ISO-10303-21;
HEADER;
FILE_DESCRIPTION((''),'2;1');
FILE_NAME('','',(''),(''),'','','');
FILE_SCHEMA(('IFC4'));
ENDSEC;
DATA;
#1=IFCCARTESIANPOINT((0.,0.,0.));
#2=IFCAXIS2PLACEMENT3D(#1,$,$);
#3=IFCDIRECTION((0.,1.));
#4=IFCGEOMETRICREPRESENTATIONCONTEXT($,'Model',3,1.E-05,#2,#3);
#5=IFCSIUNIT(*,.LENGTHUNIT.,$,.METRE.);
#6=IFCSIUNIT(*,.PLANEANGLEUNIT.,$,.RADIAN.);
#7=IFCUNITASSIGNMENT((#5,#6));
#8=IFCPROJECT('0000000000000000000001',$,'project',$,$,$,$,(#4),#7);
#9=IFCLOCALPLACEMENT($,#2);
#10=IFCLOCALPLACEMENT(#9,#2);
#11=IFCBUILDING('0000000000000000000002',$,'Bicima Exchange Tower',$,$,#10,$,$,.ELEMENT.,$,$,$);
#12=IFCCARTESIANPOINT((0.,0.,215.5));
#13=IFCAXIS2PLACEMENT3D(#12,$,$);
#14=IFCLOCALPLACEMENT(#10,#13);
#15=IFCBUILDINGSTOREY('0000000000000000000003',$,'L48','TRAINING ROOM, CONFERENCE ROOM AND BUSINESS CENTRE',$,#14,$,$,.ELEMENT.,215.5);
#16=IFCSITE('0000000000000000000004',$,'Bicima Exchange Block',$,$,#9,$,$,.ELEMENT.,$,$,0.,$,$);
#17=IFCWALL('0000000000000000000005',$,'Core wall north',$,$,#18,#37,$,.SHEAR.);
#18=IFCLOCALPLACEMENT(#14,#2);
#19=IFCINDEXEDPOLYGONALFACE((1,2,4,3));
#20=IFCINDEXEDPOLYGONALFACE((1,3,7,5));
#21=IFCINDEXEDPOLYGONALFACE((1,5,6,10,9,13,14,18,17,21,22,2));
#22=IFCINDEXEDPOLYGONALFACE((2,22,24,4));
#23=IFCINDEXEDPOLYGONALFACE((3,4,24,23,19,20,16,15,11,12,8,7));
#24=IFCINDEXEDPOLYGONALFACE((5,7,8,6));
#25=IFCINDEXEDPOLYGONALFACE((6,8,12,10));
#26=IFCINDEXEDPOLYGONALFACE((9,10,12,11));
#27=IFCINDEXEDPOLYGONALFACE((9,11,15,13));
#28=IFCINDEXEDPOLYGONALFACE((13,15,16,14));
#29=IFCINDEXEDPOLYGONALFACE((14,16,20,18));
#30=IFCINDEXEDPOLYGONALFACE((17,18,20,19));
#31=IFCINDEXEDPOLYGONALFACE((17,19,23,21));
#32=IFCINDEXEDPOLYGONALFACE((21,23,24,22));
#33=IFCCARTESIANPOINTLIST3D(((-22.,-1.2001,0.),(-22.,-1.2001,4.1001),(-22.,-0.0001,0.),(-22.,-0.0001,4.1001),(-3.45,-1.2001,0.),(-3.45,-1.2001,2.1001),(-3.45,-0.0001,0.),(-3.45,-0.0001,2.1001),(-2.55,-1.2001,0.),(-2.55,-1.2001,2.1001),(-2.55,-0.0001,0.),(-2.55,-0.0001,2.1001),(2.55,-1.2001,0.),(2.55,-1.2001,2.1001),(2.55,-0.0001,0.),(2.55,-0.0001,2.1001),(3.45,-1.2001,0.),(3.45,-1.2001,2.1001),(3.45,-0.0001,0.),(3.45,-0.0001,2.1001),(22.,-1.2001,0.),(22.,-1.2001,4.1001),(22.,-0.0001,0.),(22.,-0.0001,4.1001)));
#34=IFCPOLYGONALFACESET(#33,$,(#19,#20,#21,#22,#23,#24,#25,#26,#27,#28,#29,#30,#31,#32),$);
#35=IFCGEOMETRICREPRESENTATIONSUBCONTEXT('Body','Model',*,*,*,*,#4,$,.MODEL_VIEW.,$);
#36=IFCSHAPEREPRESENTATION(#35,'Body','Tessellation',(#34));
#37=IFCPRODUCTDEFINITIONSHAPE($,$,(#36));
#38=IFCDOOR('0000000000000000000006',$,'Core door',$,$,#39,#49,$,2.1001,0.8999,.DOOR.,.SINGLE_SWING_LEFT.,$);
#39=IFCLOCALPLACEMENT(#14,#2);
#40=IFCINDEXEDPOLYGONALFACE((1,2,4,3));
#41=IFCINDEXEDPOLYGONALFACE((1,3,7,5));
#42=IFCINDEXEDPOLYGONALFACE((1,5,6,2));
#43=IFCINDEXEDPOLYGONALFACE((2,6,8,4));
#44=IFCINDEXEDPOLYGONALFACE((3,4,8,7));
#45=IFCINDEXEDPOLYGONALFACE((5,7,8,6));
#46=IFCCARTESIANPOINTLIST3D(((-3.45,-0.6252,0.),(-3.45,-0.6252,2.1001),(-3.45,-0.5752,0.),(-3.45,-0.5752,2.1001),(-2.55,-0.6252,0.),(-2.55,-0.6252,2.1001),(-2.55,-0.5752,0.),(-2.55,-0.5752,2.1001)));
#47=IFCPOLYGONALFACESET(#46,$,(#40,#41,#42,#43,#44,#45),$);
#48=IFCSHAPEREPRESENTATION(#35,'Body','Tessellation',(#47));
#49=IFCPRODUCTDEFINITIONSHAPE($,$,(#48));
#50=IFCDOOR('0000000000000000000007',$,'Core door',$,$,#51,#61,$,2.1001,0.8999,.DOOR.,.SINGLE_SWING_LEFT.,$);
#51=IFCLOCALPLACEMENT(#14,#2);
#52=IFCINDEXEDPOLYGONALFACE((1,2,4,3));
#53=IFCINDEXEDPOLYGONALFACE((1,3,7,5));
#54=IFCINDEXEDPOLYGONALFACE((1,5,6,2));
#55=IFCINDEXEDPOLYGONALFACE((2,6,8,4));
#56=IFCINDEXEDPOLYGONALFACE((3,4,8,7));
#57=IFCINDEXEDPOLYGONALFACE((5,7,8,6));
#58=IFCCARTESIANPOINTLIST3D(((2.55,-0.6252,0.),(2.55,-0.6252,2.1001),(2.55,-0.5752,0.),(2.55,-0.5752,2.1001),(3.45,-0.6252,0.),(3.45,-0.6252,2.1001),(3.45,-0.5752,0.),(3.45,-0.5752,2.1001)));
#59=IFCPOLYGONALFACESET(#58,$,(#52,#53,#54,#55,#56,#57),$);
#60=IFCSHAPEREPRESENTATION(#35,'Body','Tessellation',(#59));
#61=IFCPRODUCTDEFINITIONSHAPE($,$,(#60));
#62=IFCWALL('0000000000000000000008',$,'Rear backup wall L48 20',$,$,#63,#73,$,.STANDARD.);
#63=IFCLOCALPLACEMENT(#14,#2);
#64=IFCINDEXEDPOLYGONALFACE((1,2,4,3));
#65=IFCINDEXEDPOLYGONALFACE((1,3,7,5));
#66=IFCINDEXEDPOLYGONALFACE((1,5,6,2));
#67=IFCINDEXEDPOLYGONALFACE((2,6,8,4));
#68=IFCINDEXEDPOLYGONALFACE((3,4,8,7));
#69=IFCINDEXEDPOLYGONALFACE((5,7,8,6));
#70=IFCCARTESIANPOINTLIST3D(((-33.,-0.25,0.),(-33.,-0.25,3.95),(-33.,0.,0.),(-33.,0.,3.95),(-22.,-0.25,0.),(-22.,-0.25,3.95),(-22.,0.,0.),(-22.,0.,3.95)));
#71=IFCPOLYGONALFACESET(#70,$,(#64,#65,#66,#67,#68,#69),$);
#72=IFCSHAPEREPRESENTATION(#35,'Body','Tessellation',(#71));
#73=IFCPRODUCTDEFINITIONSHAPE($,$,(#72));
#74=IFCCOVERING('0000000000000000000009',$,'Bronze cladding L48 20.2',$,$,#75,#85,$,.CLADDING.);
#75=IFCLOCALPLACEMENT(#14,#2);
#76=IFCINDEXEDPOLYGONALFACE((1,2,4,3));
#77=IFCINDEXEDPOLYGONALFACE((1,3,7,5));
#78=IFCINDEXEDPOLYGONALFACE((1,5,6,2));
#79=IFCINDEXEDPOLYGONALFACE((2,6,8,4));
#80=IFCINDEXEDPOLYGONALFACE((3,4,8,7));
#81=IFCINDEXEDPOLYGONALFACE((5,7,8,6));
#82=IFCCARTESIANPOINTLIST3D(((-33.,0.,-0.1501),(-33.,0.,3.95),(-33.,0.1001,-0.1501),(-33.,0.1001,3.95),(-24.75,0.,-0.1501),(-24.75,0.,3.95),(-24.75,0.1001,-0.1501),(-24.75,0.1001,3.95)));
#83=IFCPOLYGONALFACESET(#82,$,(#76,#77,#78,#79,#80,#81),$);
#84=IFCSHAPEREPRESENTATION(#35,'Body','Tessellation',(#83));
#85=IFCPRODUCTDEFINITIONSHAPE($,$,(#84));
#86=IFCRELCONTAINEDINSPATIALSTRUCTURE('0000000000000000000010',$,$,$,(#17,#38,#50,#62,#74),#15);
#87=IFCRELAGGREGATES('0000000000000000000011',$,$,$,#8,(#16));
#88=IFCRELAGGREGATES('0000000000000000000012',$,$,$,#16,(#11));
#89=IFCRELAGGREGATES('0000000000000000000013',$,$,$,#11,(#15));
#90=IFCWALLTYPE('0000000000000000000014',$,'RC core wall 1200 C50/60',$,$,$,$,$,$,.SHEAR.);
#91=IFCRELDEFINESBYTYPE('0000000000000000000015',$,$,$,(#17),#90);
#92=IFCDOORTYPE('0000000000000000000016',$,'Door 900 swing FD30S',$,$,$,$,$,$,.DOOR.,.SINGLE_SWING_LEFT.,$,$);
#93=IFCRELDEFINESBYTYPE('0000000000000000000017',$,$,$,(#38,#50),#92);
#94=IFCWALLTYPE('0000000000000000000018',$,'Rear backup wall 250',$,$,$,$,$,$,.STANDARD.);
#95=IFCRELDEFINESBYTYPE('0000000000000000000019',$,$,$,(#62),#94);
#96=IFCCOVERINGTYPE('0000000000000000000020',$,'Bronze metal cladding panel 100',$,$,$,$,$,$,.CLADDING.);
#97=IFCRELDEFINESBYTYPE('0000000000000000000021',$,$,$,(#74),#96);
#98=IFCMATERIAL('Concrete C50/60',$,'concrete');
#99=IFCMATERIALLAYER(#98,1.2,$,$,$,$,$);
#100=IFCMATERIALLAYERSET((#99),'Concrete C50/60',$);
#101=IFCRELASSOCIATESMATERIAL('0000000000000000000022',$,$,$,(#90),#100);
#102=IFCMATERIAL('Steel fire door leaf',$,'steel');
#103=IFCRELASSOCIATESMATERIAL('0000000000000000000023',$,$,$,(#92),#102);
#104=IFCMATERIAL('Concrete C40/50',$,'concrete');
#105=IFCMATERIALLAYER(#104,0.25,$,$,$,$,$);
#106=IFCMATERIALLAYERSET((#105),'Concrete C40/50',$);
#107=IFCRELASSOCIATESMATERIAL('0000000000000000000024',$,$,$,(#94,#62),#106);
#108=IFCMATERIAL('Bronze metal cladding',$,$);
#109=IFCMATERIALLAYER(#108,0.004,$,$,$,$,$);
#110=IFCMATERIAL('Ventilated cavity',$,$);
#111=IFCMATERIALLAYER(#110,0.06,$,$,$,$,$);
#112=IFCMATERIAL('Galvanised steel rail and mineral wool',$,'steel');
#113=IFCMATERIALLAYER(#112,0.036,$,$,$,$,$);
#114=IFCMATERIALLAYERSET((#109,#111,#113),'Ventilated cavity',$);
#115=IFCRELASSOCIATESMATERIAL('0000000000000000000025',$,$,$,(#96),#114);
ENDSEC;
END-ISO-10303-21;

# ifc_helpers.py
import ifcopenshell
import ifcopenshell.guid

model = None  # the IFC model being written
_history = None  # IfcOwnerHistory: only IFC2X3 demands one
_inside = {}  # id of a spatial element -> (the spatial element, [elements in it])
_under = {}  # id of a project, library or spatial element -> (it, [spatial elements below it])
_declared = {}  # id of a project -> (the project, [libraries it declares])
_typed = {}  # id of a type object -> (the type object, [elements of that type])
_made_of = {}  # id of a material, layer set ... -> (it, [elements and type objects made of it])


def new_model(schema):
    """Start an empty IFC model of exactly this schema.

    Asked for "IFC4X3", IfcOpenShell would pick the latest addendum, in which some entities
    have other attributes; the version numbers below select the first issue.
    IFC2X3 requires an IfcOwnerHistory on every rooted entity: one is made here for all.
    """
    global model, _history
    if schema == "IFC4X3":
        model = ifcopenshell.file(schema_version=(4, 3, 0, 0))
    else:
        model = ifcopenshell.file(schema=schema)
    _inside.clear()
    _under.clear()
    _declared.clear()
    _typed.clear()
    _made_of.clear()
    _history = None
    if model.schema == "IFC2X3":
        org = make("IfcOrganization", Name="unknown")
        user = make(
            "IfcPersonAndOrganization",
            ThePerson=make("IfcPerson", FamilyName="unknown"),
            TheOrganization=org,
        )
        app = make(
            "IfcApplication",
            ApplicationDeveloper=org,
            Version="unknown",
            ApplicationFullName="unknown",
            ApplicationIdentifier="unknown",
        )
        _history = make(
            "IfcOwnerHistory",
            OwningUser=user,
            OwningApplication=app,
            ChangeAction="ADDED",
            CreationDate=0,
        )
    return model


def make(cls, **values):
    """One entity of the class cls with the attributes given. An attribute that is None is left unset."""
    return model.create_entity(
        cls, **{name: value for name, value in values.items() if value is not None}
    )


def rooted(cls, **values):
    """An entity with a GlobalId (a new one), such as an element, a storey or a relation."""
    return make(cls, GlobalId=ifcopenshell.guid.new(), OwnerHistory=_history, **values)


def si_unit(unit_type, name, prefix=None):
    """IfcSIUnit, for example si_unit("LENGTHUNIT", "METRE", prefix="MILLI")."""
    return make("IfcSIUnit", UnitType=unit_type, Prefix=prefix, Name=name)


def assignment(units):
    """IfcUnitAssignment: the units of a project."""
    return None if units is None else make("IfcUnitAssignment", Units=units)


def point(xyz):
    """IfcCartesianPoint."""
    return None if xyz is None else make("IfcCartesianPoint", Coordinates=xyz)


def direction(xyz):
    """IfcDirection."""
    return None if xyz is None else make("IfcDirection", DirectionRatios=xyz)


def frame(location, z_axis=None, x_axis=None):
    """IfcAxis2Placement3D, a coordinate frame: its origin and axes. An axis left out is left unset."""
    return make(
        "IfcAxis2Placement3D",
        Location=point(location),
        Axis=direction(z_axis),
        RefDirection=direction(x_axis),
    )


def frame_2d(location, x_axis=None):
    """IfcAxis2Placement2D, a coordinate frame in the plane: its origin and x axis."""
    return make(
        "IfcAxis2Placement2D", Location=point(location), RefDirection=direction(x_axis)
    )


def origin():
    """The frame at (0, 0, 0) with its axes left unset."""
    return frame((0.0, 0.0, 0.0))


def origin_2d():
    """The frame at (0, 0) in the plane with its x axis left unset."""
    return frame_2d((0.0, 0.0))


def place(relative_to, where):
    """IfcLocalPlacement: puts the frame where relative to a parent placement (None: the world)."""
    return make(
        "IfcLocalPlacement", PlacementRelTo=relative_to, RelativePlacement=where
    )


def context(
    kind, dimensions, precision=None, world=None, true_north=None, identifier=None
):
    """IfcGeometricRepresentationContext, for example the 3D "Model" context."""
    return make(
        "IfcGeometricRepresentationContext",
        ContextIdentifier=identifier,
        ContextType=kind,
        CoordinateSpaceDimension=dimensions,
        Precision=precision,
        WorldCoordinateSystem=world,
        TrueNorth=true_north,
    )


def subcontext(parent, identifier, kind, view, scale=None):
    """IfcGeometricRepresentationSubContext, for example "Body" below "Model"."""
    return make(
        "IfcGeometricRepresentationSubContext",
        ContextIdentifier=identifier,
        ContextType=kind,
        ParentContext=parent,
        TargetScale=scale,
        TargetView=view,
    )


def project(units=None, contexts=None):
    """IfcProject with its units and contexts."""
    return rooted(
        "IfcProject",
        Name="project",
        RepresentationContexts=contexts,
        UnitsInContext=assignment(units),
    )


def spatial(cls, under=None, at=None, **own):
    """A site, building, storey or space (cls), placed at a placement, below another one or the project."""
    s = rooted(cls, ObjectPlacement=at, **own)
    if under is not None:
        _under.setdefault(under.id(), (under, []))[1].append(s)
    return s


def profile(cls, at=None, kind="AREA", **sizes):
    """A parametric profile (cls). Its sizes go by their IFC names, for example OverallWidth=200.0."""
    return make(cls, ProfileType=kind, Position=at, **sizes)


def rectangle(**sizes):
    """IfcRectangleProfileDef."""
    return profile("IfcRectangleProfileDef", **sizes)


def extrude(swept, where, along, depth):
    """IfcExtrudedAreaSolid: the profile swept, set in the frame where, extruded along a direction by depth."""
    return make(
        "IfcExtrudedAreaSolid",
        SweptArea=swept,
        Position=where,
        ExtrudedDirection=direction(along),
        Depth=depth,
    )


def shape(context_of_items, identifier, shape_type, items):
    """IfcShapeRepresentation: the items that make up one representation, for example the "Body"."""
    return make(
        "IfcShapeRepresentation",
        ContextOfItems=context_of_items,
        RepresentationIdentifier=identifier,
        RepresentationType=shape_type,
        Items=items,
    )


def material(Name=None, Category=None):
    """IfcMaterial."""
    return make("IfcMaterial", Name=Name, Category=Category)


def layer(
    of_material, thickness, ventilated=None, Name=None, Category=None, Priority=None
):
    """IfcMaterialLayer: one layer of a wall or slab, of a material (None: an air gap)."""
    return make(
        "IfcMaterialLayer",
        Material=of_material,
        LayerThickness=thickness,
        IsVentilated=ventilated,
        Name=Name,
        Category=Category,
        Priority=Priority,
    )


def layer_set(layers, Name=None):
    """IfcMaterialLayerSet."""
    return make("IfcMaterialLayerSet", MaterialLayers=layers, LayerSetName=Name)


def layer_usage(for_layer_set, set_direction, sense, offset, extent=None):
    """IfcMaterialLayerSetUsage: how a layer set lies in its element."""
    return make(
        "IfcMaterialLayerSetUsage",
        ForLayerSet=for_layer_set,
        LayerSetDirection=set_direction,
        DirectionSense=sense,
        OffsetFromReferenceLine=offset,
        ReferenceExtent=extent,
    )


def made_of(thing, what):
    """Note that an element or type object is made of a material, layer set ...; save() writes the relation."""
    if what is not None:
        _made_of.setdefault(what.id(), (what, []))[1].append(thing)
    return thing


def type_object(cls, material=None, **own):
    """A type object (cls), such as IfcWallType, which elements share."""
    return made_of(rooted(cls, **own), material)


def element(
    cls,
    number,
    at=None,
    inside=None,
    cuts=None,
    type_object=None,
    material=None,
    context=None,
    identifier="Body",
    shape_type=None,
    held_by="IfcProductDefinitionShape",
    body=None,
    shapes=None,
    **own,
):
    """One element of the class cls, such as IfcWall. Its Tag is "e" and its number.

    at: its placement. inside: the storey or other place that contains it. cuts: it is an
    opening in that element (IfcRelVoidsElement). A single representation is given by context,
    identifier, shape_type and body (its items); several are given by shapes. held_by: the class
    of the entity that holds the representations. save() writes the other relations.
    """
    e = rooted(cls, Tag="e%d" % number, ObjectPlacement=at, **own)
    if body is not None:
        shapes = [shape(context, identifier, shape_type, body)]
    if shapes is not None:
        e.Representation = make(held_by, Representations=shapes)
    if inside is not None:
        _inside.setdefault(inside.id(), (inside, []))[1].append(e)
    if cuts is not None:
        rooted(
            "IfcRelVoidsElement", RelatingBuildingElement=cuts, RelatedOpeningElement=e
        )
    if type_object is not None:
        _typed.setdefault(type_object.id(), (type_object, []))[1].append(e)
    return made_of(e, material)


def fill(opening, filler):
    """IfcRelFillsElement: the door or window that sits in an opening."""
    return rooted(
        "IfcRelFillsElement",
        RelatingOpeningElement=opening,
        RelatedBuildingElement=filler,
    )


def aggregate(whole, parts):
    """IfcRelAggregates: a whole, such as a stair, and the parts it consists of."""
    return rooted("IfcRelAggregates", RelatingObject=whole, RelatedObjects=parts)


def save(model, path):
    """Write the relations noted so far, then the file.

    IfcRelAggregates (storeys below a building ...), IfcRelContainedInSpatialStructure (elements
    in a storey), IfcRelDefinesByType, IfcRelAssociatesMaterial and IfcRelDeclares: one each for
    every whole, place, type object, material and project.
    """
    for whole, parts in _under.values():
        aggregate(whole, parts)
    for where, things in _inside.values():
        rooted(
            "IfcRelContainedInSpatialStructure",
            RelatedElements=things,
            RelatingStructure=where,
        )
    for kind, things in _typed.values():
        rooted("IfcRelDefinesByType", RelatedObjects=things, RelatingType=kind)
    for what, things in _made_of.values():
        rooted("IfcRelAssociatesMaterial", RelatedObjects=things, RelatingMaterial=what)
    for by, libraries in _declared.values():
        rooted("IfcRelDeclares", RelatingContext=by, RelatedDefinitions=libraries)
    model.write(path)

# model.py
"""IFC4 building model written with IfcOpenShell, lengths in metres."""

from ifc_helpers import new_model, si_unit, direction, frame, frame_2d, origin, origin_2d, place, context, subcontext, project, spatial, rectangle, extrude, material, layer, layer_set, layer_usage, type_object, element, fill, save


model = new_model("IFC4")

# Units and contexts
model_context = context("Model", 3, precision=1e-05, world=origin(), true_north=direction((0.0, 1.0)))
body_context = subcontext(model_context, "Body", "Model", "MODEL_VIEW")
ifc_project = project(units=[si_unit("LENGTHUNIT", "METRE"), si_unit("PLANEANGLEUNIT", "RADIAN")], contexts=[model_context])

# Site, building, storey
site_placement = place(None, origin())
site = spatial("IfcSite", under=ifc_project, at=site_placement, Name="Bicima Exchange Block", CompositionType="ELEMENT", RefElevation=0.0)
building_placement = place(site_placement, origin())
building = spatial("IfcBuilding", under=site, at=building_placement, Name="Bicima Exchange Tower", CompositionType="ELEMENT")
storey_placement = place(building_placement, frame((0.0, 0.0, 215.5)))
storey = spatial("IfcBuildingStorey", under=building, at=storey_placement, Name="L48", Description="TRAINING ROOM, CONFERENCE ROOM AND BUSINESS CENTRE", CompositionType="ELEMENT", Elevation=215.5)

# Wall, openings, doors
ifc_material_1 = material(Name="Concrete C50/60", Category="concrete")
ifc_layer_1 = layer(ifc_material_1, 1.2)
ifc_layer_set_1 = layer_set([ifc_layer_1], Name="Concrete C50/60")
wall_type_1 = type_object("IfcWallType", Name="RC core wall 1200 C50/60", PredefinedType="SHEAR", material=ifc_layer_set_1)
wall_1_placement = place(storey_placement, frame((-22.0, -0.6001, 0.0), z_axis=(0.0, 0.0, 1.0), x_axis=(1.0, 0.0, 0.0)))
wall_1 = element("IfcWall", 1, at=wall_1_placement, inside=storey, type_object=wall_type_1, Name="Core wall north", PredefinedType="SHEAR", context=body_context, shape_type="SweptSolid", body=[
    extrude(rectangle(XDim=44.0, YDim=1.2, at=frame_2d((22.0, 0.0))), origin(), (0.0, 0.0, 1.0), 4.1001),
])
opening_1_placement = place(wall_1_placement, frame((18.55, 0.0, 0.0)))
opening_1 = element("IfcOpeningElement", 2, at=opening_1_placement, cuts=wall_1, PredefinedType="OPENING", context=body_context, shape_type="SweptSolid", body=[
    extrude(rectangle(XDim=0.8999, YDim=2.1001, at=frame_2d((0.45, 1.05))), frame((0.0, 0.6118, 0.0), z_axis=(0.0, -1.0, 0.0), x_axis=(1.0, 0.0, 0.0)), (0.0, 0.0, 1.0), 1.2239),
])
opening_2_placement = place(wall_1_placement, frame((24.55, 0.0, 0.0)))
opening_2 = element("IfcOpeningElement", 3, at=opening_2_placement, cuts=wall_1, PredefinedType="OPENING", context=body_context, shape_type="SweptSolid", body=[
    extrude(rectangle(XDim=0.8999, YDim=2.1001, at=frame_2d((0.45, 1.05))), frame((0.0, 0.6118, 0.0), z_axis=(0.0, -1.0, 0.0), x_axis=(1.0, 0.0, 0.0)), (0.0, 0.0, 1.0), 1.2239),
])
ifc_material_2 = material(Name="Steel fire door leaf", Category="steel")
door_type = type_object("IfcDoorType", Name="Door 900 swing FD30S", OperationType="SINGLE_SWING_LEFT", PredefinedType="DOOR", material=ifc_material_2)
door_1_placement = place(opening_1_placement, origin())
door_1 = element("IfcDoor", 4, at=door_1_placement, inside=storey, type_object=door_type, Name="Core door", OperationType="SINGLE_SWING_LEFT", OverallHeight=2.1001, OverallWidth=0.8999, PredefinedType="DOOR", context=body_context, shape_type="SweptSolid", body=[
    extrude(rectangle(XDim=0.8999, YDim=2.1001, at=frame_2d((0.45, 1.05))), frame((0.0, 0.0249, 0.0), z_axis=(0.0, -1.0, 0.0), x_axis=(1.0, 0.0, 0.0)), (0.0, 0.0, 1.0), 0.05),
])
fill(opening_1, door_1)
door_2_placement = place(opening_2_placement, origin())
door_2 = element("IfcDoor", 5, at=door_2_placement, inside=storey, type_object=door_type, Name="Core door", OperationType="SINGLE_SWING_LEFT", OverallHeight=2.1001, OverallWidth=0.8999, PredefinedType="DOOR", context=body_context, shape_type="SweptSolid", body=[
    extrude(rectangle(XDim=0.8999, YDim=2.1001, at=frame_2d((0.45, 1.05))), frame((0.0, 0.0249, 0.0), z_axis=(0.0, -1.0, 0.0), x_axis=(1.0, 0.0, 0.0)), (0.0, 0.0, 1.0), 0.05),
])
fill(opening_2, door_2)

# Wall
ifc_material_3 = material(Name="Concrete C40/50", Category="concrete")
ifc_layer_2 = layer(ifc_material_3, 0.25)
ifc_layer_set_2 = layer_set([ifc_layer_2], Name="Concrete C40/50")
ifc_layer_usage = layer_usage(ifc_layer_set_2, "AXIS2", "POSITIVE", -0.125)
wall_type_2 = type_object("IfcWallType", Name="Rear backup wall 250", PredefinedType="STANDARD", material=ifc_layer_set_2)
wall_2_placement = place(storey_placement, frame((-22.0, -0.125, 0.0), z_axis=(0.0, 0.0, 1.0), x_axis=(-1.0, 0.0, 0.0)))
element("IfcWall", 6, at=wall_2_placement, inside=storey, type_object=wall_type_2, material=ifc_layer_usage, Name="Rear backup wall L48 20", PredefinedType="STANDARD", context=body_context, shape_type="SweptSolid", body=[
    extrude(rectangle(XDim=11.0, YDim=0.25, at=frame_2d((5.5, 0.0))), origin(), (0.0, 0.0, 1.0), 3.95),
])

# Covering
ifc_material_4 = material(Name="Bronze metal cladding")
ifc_layer_3 = layer(ifc_material_4, 0.004)
ifc_material_5 = material(Name="Ventilated cavity")
ifc_layer_4 = layer(ifc_material_5, 0.06)
ifc_material_6 = material(Name="Galvanised steel rail and mineral wool", Category="steel")
ifc_layer_5 = layer(ifc_material_6, 0.036)
ifc_layer_set_3 = layer_set([ifc_layer_3, ifc_layer_4, ifc_layer_5], Name="Ventilated cavity")
covering_type = type_object("IfcCoveringType", Name="Bronze metal cladding panel 100", PredefinedType="CLADDING", material=ifc_layer_set_3)
covering_placement = place(storey_placement, frame((-28.875, 0.05, -0.1501), z_axis=(0.0, 0.0, 1.0), x_axis=(-1.0, 0.0, 0.0)))
element("IfcCovering", 7, at=covering_placement, inside=storey, type_object=covering_type, Name="Bronze cladding L48 20.2", PredefinedType="CLADDING", context=body_context, shape_type="SweptSolid", body=[
    extrude(rectangle(XDim=8.25, YDim=0.1001, at=origin_2d()), origin(), (0.0, 0.0, 1.0), 4.1001),
])

save(model, "model.ifc")
